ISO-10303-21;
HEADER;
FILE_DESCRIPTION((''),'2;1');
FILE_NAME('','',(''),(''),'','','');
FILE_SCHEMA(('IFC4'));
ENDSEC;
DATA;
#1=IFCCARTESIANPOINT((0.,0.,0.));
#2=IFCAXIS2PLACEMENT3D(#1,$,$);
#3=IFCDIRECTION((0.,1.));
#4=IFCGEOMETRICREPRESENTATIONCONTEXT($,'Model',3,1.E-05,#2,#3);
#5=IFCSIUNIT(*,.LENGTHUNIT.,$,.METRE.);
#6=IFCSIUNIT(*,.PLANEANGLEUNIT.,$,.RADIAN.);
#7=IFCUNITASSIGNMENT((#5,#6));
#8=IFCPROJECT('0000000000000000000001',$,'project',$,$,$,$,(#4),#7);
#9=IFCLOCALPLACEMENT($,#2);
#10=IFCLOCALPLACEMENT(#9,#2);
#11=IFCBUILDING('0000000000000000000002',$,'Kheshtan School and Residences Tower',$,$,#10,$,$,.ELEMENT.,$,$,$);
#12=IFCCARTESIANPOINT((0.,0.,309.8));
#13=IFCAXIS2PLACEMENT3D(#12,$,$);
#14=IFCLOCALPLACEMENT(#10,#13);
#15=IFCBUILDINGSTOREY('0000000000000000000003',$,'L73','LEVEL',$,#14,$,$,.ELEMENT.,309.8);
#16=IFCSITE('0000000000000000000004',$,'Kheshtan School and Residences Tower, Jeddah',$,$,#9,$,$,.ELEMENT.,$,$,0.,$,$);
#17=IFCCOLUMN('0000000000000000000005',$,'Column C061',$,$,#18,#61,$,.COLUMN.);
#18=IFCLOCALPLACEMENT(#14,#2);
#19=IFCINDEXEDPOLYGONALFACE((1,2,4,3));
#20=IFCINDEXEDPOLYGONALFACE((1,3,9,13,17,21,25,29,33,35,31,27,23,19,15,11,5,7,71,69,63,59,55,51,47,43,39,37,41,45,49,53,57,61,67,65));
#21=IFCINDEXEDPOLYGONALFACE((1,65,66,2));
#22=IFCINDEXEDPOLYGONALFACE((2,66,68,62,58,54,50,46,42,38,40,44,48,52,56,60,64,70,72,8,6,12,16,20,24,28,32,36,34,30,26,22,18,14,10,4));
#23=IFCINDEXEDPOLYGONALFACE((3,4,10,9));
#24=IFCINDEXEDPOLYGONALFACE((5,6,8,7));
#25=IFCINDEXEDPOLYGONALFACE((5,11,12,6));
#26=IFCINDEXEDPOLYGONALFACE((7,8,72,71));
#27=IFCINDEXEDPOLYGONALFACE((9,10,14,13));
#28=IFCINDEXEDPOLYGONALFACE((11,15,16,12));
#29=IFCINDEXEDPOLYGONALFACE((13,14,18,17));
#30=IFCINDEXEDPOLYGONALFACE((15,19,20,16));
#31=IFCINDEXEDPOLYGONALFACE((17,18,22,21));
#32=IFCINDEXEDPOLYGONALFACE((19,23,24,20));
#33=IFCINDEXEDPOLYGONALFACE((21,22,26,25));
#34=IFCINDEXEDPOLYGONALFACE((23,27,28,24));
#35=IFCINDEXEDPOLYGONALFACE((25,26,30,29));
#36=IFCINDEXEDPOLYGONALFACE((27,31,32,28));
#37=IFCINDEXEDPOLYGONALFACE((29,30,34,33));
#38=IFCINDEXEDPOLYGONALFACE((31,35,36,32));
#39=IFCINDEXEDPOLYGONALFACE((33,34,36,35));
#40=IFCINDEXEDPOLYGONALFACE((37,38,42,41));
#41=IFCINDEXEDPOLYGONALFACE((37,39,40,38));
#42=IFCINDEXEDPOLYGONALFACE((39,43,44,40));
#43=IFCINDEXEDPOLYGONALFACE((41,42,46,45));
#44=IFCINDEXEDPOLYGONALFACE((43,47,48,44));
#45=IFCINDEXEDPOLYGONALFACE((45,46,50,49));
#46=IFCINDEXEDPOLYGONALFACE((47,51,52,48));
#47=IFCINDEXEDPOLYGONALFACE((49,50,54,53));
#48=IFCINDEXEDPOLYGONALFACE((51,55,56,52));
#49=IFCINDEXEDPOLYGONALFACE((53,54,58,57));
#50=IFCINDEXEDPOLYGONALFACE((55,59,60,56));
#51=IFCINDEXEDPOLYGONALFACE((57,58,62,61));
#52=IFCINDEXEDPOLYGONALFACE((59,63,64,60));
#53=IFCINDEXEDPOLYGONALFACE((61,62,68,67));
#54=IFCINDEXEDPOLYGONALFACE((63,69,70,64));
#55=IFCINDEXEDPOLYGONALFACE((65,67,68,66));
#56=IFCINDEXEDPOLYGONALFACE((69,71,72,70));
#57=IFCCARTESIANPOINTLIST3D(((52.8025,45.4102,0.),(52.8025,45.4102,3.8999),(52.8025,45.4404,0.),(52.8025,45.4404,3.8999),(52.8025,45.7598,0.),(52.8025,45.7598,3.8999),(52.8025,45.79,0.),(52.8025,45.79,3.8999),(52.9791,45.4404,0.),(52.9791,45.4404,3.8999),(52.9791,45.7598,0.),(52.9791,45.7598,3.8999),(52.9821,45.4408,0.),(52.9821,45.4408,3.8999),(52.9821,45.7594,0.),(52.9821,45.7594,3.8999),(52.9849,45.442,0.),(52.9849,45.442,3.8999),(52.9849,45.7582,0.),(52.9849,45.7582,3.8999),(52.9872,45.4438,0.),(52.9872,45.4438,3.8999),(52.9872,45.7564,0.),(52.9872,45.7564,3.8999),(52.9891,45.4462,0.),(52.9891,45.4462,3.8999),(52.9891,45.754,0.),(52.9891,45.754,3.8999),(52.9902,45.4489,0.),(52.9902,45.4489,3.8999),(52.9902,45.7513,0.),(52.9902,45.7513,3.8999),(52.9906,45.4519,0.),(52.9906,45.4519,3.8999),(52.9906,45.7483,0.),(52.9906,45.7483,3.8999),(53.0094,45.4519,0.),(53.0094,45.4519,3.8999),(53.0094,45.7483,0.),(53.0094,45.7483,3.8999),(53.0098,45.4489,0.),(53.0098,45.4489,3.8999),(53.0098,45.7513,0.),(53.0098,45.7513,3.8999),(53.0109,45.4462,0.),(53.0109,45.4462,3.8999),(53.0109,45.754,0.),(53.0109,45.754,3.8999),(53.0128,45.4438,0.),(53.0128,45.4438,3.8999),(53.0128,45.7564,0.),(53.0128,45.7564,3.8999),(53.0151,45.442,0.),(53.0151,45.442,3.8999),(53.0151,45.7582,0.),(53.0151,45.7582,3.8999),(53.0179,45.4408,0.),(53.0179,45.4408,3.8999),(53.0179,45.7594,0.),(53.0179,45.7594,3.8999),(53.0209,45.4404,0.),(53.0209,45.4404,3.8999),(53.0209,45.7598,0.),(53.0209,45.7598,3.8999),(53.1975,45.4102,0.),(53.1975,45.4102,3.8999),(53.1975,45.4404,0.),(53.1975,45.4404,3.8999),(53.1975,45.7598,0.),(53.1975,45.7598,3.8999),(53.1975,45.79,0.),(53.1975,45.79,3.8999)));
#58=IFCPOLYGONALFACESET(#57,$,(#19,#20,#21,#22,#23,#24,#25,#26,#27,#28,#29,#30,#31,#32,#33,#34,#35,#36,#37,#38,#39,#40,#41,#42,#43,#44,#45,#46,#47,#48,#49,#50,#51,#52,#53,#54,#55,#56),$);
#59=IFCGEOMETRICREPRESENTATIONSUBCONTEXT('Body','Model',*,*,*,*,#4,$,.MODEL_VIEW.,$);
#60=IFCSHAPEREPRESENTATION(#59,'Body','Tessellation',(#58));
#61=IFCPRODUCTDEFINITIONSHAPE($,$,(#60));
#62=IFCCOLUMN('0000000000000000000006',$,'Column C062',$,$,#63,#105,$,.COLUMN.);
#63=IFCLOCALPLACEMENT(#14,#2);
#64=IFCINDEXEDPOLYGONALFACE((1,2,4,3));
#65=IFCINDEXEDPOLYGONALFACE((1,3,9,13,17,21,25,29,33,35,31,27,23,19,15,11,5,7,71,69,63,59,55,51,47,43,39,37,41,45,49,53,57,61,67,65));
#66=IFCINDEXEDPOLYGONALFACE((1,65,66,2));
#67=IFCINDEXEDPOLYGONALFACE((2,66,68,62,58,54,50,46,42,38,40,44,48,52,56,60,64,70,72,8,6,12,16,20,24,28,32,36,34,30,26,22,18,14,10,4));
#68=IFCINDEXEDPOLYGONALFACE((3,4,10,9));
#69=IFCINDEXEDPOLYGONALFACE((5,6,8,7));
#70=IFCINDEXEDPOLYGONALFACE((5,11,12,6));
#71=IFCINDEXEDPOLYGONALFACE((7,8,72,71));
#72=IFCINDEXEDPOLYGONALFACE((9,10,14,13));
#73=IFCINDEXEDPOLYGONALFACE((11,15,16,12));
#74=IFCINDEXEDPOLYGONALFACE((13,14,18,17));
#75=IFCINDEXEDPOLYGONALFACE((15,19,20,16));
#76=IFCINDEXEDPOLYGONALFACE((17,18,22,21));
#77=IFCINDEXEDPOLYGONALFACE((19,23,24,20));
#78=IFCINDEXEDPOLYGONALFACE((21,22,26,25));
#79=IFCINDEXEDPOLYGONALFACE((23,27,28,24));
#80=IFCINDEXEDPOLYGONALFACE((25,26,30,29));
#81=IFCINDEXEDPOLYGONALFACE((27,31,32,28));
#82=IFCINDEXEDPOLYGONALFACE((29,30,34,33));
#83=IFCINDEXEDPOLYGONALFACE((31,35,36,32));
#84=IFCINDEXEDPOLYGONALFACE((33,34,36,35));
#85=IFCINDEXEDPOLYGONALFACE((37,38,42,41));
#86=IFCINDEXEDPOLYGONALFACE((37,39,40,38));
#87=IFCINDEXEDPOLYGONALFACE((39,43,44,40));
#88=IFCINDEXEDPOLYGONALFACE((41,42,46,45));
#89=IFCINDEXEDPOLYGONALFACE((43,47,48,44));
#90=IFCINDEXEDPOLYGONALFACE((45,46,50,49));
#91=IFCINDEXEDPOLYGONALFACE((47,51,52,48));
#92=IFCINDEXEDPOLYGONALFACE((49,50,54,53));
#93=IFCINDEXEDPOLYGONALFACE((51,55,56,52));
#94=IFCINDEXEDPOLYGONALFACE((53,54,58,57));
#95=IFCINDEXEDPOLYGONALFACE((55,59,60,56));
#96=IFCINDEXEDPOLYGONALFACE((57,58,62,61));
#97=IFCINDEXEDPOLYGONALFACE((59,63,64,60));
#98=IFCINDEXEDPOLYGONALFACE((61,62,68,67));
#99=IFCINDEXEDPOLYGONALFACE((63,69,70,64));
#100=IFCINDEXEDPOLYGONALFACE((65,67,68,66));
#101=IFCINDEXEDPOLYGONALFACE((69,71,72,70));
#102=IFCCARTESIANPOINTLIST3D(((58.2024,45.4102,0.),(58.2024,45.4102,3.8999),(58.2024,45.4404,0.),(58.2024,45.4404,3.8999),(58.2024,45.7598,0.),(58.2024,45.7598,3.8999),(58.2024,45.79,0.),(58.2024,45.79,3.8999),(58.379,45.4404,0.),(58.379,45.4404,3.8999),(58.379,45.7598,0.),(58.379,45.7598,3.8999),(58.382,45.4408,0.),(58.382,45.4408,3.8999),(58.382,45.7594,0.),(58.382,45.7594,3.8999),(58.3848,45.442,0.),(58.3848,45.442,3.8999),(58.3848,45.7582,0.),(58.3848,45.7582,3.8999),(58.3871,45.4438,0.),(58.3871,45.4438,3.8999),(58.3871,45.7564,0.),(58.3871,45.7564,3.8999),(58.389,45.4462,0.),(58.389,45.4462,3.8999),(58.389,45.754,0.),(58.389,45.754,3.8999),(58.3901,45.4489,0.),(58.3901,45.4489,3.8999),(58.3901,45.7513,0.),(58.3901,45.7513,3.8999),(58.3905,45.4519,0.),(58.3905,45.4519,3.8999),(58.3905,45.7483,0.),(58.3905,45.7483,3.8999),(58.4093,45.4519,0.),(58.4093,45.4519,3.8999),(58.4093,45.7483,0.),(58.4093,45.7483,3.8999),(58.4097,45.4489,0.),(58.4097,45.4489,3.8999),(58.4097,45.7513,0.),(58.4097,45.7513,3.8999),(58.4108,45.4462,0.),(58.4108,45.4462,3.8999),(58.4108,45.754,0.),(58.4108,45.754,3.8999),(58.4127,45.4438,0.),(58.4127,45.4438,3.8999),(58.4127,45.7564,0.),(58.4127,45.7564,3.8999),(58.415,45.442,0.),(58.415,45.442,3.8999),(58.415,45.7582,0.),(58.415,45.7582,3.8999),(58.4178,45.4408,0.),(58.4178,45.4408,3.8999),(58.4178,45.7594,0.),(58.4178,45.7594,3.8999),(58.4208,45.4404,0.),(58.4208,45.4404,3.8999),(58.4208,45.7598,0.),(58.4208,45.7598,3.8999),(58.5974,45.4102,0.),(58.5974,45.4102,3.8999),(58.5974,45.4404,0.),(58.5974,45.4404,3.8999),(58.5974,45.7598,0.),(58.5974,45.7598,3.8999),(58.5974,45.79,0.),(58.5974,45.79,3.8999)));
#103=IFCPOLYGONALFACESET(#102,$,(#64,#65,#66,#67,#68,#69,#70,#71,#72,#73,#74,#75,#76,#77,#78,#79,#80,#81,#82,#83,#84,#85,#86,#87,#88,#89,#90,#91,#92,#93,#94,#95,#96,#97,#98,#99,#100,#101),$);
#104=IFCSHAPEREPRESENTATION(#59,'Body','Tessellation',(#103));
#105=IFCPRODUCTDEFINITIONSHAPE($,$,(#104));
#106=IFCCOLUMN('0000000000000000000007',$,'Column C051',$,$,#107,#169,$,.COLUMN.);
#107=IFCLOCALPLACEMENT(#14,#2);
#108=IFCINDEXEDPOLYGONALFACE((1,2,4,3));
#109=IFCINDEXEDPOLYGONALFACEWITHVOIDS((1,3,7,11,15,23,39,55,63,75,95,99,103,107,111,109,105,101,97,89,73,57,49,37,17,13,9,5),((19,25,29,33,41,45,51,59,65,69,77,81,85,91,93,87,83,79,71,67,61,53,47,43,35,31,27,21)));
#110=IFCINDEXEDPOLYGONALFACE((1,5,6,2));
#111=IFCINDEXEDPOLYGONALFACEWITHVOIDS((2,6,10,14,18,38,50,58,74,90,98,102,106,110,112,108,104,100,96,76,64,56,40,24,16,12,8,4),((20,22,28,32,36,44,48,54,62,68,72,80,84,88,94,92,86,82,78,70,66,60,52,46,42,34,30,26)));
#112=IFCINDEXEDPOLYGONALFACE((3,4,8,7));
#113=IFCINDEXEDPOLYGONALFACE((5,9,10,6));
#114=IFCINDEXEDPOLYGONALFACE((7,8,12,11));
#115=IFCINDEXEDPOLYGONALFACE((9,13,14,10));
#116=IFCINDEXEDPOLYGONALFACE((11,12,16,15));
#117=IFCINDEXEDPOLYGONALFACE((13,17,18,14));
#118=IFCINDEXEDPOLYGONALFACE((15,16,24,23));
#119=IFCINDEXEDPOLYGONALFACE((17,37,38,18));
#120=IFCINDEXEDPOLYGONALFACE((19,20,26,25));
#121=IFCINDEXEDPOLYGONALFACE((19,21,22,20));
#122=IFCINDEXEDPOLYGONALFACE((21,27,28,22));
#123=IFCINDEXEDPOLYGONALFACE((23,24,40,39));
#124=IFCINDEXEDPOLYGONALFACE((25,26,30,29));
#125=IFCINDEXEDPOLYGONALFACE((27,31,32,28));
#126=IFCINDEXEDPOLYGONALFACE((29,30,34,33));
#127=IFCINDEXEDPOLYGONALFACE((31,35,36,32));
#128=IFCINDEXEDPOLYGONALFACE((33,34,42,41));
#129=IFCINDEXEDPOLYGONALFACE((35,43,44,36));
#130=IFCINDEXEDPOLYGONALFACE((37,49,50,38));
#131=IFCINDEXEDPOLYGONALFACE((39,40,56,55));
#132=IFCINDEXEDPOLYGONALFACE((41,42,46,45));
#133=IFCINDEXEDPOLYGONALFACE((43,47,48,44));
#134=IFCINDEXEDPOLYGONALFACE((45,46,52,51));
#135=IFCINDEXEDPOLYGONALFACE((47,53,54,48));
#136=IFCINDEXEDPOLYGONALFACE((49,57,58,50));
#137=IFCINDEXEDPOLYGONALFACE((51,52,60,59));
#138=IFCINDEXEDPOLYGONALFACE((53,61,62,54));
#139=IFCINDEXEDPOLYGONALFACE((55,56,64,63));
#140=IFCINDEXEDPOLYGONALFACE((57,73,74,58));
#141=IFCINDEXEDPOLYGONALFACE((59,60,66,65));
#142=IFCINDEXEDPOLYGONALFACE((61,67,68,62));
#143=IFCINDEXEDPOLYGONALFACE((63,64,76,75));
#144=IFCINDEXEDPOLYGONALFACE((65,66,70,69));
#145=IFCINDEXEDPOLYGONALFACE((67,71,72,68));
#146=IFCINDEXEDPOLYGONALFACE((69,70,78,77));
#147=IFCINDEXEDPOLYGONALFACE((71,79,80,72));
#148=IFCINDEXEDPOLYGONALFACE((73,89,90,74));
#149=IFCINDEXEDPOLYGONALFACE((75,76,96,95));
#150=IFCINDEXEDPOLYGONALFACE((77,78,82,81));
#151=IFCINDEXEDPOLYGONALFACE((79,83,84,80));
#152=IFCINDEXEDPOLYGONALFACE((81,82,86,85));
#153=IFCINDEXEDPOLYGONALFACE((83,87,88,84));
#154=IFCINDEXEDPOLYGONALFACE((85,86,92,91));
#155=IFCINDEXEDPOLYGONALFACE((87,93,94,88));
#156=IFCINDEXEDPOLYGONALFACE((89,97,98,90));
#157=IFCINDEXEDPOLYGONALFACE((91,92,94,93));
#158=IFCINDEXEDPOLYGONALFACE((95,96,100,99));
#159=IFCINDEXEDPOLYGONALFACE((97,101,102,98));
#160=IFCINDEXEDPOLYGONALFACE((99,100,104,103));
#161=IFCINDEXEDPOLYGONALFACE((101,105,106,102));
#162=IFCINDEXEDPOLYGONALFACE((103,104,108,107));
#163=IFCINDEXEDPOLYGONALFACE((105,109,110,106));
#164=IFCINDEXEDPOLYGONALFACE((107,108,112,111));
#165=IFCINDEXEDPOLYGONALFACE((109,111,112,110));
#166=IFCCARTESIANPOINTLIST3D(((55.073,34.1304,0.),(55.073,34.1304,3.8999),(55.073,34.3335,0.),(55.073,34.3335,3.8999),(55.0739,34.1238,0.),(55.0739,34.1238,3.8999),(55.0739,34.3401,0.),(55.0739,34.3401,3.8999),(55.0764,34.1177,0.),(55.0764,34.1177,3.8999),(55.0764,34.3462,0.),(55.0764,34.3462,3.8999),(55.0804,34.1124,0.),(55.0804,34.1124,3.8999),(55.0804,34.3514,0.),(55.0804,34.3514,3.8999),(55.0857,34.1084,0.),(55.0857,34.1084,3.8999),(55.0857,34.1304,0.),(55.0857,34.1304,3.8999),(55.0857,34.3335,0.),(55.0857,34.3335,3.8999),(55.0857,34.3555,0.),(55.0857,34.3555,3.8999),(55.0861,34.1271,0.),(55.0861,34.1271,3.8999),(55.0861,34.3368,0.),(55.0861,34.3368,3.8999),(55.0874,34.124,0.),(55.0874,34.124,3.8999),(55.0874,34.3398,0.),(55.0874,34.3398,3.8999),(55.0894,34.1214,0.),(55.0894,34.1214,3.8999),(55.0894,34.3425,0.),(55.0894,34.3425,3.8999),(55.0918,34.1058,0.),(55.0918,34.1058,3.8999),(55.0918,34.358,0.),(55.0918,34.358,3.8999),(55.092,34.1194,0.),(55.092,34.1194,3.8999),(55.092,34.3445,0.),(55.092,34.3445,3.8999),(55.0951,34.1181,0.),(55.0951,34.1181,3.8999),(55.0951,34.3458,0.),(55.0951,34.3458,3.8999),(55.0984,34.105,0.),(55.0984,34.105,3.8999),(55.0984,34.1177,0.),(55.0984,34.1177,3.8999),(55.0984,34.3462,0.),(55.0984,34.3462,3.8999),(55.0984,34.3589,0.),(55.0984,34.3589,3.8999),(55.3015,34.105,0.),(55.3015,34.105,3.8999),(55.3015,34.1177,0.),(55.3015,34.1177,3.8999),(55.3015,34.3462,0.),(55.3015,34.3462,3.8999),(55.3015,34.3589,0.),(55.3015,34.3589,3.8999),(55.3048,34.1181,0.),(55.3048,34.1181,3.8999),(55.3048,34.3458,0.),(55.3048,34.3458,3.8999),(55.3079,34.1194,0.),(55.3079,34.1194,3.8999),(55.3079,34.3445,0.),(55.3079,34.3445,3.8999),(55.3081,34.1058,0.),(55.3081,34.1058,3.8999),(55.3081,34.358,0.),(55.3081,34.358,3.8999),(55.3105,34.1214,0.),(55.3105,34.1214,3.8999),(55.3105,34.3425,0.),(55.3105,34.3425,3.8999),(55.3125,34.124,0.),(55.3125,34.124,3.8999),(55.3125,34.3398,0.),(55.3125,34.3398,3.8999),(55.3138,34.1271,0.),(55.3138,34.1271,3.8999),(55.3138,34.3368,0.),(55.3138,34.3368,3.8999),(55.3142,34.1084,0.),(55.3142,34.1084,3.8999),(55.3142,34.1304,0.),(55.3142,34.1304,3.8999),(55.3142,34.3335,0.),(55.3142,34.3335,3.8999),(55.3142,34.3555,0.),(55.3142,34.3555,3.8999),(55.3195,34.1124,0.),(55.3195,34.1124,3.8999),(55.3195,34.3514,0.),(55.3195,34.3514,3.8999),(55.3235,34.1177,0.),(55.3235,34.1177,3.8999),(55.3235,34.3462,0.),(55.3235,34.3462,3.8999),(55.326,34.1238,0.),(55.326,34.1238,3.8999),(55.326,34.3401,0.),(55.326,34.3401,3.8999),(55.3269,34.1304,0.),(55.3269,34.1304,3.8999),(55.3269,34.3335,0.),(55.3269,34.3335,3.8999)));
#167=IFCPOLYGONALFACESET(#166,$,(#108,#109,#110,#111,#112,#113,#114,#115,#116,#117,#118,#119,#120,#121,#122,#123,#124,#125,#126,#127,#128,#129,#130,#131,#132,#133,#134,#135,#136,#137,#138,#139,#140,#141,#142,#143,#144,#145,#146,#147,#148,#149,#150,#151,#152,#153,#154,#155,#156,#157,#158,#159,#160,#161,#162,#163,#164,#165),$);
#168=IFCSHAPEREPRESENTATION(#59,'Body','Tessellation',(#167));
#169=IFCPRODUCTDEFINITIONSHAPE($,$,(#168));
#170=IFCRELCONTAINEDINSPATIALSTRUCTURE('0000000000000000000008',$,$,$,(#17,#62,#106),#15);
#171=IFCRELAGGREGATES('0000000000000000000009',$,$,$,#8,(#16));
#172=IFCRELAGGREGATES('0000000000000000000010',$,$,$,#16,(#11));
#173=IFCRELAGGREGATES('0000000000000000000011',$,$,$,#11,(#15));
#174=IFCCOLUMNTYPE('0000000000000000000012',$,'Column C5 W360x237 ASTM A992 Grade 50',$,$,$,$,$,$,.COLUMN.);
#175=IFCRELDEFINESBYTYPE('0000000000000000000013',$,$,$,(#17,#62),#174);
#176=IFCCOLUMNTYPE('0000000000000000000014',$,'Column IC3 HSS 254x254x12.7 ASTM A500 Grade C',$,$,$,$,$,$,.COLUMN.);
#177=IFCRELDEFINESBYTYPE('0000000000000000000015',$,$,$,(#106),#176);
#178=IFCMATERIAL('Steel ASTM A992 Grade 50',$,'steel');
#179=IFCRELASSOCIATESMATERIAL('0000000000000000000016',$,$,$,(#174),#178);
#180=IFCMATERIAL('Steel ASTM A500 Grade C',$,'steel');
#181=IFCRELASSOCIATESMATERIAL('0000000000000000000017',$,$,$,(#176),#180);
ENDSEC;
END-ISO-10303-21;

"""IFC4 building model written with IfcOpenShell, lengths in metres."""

from ifc_helpers import new_model, si_unit, direction, frame, origin, origin_2d, place, context, subcontext, project, spatial, hollow_rectangle, i_section, extrude, material, material_profile, profile_set, type_object, element, save


model = new_model("IFC4")

# Units and contexts
model_context = context("Model", 3, precision=1e-05, world=origin(), true_north=direction((0.0, 1.0)))
body_context = subcontext(model_context, "Body", "Model", "MODEL_VIEW")
ifc_project = project(units=[si_unit("LENGTHUNIT", "METRE"), si_unit("PLANEANGLEUNIT", "RADIAN")], contexts=[model_context])

# Site, building, storey
site_placement = place(None, origin())
site = spatial("IfcSite", under=ifc_project, at=site_placement, Name="Kheshtan School and Residences Tower, Jeddah", CompositionType="ELEMENT", RefElevation=0.0)
building_placement = place(site_placement, origin())
building = spatial("IfcBuilding", under=site, at=building_placement, Name="Kheshtan School and Residences Tower", CompositionType="ELEMENT")
storey_placement = place(building_placement, frame((0.0, 0.0, 309.8)))
storey = spatial("IfcBuildingStorey", under=building, at=storey_placement, Name="L73", Description="LEVEL", CompositionType="ELEMENT", Elevation=309.8)

# Columns
ifc_material_1 = material(Name="Steel ASTM A992 Grade 50", Category="steel")
ifc_material_profile_1 = material_profile(ifc_material_1, i_section(OverallWidth=0.395, OverallDepth=0.3799, WebThickness=0.0188, FlangeThickness=0.0303, FilletRadius=0.0115, at=origin_2d()), Name="W360x237")
ifc_profile_set_1 = profile_set([ifc_material_profile_1], Name="Steel ASTM A992 Grade 50")
column_type_1 = type_object("IfcColumnType", Name="Column C5 W360x237 ASTM A992 Grade 50", PredefinedType="COLUMN", material=ifc_profile_set_1)
for number, where, z_axis, x_axis, name in (
    (1, (53.0, 45.6001, 0.0), (0.0, 0.0, 1.0), (1.0, 0.0, 0.0), "Column C061"),
    (2, (58.3999, 45.6001, 0.0), (0.0, 0.0, 1.0), (1.0, 0.0, 0.0), "Column C062"),
):
    element("IfcColumn", number, at=place(storey_placement, frame(where, z_axis=z_axis, x_axis=x_axis)), inside=storey, type_object=column_type_1, Name=name, PredefinedType="COLUMN", context=body_context, shape_type="SweptSolid", body=[
        extrude(i_section(OverallWidth=0.395, OverallDepth=0.3799, WebThickness=0.0188, FlangeThickness=0.0303, FilletRadius=0.0115, at=origin_2d()), origin(), (0.0, 0.0, 1.0), 3.8999),
    ])
ifc_material_2 = material(Name="Steel ASTM A500 Grade C", Category="steel")
ifc_material_profile_2 = material_profile(ifc_material_2, hollow_rectangle(XDim=0.2539, YDim=0.2539, WallThickness=0.0127, InnerFilletRadius=0.0127, OuterFilletRadius=0.0254, at=origin_2d()), Name="HSS 254x254x12.7")
ifc_profile_set_2 = profile_set([ifc_material_profile_2], Name="Steel ASTM A500 Grade C")
column_type_2 = type_object("IfcColumnType", Name="Column IC3 HSS 254x254x12.7 ASTM A500 Grade C", PredefinedType="COLUMN", material=ifc_profile_set_2)
for number, where, z_axis, x_axis, name in (
    (3, (55.2, 34.2319, 0.0), (0.0, 0.0, 1.0), (1.0, 0.0, 0.0), "Column C051"),
):
    element("IfcColumn", number, at=place(storey_placement, frame(where, z_axis=z_axis, x_axis=x_axis)), inside=storey, type_object=column_type_2, Name=name, PredefinedType="COLUMN", context=body_context, shape_type="SweptSolid", body=[
        extrude(hollow_rectangle(XDim=0.2539, YDim=0.2539, WallThickness=0.0127, InnerFilletRadius=0.0127, OuterFilletRadius=0.0254, at=origin_2d()), origin(), (0.0, 0.0, 1.0), 3.8999),
    ])

save(model, "model.ifc")
